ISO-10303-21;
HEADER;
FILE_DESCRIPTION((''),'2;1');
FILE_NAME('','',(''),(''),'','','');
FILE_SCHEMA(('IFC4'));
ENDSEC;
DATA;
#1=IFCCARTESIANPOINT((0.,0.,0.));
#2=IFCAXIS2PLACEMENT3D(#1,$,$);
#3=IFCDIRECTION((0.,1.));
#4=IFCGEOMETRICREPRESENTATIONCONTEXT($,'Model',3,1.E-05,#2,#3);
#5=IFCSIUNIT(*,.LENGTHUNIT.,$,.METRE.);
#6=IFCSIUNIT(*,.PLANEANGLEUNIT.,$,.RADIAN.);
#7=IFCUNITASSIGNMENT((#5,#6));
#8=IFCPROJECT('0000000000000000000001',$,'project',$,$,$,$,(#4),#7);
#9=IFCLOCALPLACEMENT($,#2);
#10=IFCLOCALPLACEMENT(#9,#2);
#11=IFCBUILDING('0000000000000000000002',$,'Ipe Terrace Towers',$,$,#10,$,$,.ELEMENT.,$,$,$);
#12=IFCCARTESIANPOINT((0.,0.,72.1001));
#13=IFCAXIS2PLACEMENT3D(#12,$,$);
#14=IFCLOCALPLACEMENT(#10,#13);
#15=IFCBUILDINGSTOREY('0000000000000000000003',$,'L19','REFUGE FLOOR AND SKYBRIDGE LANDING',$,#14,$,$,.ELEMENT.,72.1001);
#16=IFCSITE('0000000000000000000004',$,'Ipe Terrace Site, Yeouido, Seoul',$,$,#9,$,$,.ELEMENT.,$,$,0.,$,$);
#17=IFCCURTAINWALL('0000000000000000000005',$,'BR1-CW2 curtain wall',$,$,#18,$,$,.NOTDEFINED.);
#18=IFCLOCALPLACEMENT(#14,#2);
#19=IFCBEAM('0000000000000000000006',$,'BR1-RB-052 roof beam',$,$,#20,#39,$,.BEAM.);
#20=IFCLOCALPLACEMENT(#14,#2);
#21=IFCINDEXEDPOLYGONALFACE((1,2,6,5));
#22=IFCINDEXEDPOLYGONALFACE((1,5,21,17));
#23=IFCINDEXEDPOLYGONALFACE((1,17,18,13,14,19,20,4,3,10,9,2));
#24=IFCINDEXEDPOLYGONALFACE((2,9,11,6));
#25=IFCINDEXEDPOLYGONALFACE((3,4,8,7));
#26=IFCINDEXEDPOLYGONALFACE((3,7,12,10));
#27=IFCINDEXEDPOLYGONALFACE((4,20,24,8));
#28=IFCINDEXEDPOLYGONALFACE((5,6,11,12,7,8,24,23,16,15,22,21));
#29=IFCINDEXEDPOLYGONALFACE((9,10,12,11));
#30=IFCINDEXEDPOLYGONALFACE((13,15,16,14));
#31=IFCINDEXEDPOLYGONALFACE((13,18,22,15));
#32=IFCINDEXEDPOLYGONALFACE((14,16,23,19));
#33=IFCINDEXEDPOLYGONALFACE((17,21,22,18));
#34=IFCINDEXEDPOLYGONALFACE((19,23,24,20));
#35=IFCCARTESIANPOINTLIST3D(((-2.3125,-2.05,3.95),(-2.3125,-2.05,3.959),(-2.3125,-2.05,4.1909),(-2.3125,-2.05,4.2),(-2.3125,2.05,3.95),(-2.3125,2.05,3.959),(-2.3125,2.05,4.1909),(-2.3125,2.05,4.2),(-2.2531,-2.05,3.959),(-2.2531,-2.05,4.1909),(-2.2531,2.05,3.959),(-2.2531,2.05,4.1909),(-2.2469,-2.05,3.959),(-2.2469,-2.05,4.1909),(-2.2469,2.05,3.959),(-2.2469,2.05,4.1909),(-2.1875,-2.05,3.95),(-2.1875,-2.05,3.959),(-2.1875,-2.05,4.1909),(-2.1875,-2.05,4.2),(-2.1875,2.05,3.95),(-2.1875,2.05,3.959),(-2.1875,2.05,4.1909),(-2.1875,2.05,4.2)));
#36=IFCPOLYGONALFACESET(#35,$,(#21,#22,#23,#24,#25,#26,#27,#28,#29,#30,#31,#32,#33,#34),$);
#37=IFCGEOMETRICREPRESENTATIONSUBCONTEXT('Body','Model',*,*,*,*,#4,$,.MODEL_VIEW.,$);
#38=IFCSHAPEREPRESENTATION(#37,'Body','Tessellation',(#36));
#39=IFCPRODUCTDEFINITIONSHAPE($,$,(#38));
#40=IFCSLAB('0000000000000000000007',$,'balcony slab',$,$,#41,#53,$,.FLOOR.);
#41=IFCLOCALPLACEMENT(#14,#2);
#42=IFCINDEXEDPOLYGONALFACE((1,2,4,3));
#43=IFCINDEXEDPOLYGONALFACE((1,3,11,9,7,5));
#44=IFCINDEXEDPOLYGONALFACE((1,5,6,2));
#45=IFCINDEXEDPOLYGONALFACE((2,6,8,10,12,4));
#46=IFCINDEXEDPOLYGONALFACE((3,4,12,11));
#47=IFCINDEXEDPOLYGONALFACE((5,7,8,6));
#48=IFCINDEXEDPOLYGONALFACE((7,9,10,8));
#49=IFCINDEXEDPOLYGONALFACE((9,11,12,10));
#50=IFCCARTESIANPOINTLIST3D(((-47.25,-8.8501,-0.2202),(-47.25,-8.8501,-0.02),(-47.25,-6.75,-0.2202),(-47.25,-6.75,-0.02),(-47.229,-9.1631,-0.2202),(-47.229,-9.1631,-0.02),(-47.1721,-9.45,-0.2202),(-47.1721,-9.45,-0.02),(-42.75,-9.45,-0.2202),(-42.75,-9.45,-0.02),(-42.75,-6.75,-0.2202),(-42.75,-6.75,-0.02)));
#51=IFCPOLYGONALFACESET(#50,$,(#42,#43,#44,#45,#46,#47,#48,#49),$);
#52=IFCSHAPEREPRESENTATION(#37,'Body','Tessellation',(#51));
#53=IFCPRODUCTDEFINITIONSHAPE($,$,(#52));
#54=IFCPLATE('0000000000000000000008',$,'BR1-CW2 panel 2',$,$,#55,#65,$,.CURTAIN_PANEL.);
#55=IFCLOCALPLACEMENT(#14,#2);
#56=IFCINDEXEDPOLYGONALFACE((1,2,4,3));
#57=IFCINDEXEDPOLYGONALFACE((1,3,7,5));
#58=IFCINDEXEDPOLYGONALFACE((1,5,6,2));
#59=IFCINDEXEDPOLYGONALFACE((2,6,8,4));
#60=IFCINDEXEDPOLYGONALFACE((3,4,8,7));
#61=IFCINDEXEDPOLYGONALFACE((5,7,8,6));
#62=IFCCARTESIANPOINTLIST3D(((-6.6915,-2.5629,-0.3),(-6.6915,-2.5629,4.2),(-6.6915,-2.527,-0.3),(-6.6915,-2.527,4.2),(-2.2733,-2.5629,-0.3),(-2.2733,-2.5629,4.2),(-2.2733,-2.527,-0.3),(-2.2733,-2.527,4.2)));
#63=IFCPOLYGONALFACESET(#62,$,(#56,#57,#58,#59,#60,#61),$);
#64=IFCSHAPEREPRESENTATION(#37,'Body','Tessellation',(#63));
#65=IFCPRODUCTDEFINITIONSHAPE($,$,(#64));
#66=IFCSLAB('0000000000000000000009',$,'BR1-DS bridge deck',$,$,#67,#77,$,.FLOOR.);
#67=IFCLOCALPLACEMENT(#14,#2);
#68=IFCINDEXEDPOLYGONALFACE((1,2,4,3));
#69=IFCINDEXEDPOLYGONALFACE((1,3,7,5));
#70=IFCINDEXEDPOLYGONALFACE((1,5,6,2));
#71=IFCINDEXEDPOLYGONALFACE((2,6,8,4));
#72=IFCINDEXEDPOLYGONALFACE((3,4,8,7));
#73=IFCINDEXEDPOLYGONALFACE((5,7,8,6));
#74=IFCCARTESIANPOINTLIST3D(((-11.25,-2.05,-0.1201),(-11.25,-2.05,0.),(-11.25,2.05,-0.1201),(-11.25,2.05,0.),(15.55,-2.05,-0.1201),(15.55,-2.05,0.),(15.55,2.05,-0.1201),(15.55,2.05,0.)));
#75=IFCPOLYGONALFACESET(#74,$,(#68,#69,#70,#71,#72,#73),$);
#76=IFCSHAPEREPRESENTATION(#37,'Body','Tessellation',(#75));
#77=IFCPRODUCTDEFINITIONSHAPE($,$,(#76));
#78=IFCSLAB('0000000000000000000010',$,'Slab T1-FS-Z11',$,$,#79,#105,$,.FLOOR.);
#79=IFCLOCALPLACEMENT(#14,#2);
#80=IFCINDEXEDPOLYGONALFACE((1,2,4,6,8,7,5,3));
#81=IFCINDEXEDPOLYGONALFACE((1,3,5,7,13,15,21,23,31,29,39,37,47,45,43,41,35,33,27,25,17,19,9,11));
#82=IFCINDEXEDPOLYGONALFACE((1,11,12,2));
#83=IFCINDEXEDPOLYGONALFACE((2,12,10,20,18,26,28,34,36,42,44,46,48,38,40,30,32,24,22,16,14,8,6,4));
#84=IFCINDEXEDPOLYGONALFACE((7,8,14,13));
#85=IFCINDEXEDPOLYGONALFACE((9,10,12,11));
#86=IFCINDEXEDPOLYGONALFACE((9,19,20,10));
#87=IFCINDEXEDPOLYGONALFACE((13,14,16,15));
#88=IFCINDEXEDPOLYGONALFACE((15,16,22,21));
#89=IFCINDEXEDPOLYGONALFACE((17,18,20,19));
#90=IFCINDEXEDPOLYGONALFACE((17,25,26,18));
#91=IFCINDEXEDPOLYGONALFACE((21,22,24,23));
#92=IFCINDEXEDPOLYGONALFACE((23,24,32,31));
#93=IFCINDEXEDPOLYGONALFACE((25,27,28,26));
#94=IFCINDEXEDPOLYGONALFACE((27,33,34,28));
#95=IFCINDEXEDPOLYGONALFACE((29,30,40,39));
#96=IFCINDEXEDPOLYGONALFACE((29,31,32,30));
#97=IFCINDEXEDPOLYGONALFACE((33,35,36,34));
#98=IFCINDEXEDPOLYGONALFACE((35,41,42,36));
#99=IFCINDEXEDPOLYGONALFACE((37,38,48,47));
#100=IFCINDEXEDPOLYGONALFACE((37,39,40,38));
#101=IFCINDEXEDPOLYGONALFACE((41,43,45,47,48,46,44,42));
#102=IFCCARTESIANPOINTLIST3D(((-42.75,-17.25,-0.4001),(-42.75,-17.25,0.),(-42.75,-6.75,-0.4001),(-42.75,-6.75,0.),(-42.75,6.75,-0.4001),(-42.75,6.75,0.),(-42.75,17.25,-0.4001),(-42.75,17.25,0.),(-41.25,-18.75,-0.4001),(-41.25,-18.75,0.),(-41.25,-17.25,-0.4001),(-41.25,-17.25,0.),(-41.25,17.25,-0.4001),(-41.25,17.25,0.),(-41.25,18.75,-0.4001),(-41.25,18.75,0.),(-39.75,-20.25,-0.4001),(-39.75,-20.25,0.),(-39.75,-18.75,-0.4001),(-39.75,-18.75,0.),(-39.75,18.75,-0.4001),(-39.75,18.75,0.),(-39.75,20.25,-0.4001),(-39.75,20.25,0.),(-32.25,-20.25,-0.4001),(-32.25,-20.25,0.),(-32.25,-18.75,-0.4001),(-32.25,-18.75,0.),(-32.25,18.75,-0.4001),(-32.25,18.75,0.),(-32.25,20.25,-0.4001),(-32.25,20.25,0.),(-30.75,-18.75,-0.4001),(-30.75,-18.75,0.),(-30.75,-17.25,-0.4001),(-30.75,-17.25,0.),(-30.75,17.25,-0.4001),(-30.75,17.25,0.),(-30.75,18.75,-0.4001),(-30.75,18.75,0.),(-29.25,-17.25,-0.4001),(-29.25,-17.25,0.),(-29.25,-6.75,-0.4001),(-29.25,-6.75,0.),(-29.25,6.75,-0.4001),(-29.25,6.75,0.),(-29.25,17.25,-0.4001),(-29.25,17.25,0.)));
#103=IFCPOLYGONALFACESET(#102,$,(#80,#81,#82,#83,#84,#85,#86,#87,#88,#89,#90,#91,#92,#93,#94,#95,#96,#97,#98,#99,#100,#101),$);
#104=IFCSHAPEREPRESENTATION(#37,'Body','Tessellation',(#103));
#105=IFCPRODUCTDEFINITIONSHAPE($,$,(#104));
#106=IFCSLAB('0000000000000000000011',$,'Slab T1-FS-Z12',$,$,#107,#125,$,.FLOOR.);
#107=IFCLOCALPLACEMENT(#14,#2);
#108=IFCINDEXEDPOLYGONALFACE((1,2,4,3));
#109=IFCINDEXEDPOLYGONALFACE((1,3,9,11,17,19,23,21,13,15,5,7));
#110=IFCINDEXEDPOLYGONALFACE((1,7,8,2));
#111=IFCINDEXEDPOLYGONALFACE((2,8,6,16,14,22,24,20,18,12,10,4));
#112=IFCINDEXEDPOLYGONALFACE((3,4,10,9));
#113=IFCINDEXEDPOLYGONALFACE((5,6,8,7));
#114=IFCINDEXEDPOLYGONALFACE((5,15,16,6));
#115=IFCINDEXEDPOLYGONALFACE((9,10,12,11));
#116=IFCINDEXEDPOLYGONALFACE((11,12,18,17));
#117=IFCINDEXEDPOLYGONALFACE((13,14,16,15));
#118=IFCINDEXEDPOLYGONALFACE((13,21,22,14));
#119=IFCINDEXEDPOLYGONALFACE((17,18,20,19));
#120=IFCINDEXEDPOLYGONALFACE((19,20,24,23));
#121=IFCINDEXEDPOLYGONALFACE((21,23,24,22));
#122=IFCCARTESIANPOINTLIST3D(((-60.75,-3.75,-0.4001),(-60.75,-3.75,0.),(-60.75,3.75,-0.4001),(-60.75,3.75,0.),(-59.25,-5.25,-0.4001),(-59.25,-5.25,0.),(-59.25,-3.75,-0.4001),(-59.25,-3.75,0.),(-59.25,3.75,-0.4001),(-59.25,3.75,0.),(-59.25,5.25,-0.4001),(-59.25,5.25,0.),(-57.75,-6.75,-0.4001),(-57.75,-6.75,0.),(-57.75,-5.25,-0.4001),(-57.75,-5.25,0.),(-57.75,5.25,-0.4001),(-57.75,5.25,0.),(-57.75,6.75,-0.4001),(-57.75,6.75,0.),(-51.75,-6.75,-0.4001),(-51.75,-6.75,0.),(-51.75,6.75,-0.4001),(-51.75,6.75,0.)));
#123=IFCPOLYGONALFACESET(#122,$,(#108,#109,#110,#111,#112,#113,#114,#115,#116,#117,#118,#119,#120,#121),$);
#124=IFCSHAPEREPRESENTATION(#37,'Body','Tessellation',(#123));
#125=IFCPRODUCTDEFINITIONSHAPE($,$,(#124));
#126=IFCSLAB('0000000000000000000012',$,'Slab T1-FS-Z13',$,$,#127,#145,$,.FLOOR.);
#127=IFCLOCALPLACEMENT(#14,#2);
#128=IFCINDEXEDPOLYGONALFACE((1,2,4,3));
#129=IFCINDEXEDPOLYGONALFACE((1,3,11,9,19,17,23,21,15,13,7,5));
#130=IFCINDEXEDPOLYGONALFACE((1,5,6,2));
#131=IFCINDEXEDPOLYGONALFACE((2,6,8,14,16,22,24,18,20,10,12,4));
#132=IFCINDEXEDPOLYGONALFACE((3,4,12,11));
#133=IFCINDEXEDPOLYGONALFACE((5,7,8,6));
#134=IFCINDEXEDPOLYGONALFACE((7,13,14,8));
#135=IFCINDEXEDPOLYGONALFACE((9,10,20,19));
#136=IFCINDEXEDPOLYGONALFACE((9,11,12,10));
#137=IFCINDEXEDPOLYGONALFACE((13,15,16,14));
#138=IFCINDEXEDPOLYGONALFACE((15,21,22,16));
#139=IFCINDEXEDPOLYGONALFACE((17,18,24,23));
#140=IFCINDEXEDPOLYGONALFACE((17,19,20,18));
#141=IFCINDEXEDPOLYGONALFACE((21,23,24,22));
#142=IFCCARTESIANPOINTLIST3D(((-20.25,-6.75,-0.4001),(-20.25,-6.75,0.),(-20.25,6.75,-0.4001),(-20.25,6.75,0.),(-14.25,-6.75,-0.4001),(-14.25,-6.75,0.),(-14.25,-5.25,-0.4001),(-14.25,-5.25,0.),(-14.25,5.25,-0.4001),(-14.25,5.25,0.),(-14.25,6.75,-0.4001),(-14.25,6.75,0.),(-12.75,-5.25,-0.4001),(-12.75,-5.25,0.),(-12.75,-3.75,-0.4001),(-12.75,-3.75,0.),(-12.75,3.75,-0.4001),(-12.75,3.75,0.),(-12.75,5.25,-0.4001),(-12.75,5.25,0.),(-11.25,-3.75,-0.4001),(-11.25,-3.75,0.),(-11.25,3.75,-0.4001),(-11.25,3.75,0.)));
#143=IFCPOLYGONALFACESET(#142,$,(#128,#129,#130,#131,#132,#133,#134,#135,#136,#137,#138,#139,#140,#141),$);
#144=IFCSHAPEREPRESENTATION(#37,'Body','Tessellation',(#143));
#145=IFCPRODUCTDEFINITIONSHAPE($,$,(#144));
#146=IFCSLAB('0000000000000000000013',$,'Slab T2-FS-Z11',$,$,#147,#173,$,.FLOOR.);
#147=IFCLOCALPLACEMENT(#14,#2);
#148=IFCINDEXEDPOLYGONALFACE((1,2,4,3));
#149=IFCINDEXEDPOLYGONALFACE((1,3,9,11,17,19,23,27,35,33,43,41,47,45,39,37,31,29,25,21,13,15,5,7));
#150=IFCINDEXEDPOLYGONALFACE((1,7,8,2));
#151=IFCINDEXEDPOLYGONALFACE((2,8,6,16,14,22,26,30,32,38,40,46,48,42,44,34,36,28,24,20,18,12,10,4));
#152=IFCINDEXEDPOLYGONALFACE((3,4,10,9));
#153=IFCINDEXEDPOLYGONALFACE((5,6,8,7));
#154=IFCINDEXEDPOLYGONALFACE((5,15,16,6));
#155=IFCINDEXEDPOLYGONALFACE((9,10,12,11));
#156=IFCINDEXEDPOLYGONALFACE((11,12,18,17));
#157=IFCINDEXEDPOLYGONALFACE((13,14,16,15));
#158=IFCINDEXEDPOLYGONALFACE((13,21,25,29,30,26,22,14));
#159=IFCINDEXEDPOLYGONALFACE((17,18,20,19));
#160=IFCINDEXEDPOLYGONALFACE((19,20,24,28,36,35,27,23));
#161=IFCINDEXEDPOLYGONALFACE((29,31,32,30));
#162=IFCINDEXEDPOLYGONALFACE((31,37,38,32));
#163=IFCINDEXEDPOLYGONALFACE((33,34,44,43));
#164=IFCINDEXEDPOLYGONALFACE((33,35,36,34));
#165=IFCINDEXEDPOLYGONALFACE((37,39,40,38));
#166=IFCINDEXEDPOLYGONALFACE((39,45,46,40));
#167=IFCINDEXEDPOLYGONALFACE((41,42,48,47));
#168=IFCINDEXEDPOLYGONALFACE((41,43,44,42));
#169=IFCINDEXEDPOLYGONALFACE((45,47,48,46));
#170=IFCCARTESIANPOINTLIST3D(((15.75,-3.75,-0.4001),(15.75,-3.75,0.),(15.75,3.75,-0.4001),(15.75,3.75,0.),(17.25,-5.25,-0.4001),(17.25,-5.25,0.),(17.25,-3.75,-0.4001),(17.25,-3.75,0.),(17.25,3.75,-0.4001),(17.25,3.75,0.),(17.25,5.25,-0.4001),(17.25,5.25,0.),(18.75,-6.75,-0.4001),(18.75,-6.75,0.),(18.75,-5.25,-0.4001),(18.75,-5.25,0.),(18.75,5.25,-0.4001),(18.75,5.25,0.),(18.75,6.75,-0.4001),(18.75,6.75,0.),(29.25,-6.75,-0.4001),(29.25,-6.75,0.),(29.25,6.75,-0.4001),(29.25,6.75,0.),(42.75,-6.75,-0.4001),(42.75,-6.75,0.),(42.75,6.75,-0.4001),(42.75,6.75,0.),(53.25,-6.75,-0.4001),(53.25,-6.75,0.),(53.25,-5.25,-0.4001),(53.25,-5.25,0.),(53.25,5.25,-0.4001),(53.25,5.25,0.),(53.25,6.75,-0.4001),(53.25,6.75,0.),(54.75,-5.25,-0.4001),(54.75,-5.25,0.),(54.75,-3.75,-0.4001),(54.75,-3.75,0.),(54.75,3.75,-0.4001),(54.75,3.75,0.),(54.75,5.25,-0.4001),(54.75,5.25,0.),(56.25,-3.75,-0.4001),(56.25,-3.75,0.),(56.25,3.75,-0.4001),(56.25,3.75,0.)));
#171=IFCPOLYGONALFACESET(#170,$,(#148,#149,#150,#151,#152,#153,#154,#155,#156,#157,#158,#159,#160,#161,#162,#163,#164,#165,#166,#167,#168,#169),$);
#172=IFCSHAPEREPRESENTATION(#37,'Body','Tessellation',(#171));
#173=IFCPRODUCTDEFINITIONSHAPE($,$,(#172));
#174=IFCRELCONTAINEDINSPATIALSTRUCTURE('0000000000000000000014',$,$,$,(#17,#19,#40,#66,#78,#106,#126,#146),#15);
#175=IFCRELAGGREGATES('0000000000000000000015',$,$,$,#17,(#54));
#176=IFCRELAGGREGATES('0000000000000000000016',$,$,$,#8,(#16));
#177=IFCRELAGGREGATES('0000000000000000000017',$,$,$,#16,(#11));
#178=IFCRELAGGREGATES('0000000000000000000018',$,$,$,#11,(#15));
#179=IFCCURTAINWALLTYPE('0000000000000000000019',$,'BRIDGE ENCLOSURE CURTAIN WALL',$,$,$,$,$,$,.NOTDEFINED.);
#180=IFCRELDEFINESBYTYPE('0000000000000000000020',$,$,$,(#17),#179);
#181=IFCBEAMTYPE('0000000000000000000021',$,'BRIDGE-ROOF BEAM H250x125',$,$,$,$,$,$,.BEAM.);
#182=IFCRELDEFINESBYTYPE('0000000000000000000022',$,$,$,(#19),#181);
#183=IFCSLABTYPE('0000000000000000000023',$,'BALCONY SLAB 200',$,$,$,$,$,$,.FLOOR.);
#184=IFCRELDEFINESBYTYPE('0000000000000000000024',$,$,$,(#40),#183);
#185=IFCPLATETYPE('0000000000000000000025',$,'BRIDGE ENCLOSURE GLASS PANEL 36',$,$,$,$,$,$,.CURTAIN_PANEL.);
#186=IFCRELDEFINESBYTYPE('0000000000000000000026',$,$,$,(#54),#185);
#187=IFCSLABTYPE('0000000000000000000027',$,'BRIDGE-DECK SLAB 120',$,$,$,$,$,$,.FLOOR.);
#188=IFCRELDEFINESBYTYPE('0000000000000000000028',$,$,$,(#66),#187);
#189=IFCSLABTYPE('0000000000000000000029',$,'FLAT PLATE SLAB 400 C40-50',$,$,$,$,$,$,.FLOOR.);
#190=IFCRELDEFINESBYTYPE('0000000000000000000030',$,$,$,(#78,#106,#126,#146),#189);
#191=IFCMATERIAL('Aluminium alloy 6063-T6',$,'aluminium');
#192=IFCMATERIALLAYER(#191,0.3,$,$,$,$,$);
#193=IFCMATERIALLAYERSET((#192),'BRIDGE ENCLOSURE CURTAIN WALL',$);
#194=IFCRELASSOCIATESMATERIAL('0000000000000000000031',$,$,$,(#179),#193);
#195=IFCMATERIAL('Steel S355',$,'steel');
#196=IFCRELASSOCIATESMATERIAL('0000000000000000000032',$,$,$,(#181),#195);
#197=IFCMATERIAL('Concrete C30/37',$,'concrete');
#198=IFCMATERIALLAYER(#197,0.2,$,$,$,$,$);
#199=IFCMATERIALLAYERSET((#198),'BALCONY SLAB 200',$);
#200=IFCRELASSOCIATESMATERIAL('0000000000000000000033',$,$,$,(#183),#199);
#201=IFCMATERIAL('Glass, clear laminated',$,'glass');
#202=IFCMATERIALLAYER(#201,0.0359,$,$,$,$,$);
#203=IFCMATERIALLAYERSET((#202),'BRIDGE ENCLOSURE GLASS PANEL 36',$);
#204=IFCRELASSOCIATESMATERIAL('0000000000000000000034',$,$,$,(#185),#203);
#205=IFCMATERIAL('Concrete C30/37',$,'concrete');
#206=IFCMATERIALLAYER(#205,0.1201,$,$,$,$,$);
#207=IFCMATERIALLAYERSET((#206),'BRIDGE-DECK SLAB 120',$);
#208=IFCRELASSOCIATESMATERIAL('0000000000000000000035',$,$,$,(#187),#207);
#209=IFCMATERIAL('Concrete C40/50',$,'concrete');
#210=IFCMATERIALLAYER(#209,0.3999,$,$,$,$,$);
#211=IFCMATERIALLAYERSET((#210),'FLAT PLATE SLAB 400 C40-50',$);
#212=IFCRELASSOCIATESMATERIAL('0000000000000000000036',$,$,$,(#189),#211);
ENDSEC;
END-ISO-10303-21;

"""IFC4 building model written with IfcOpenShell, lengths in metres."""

from ifc_helpers import new_model, si_unit, direction, frame, origin, origin_2d, place, context, subcontext, project, spatial, polyline, rectangle, i_section, outline, extrude, material, layer, layer_set, material_profile, profile_set, type_object, element, aggregate, save


model = new_model("IFC4")

# Units and contexts
model_context = context("Model", 3, precision=1e-05, world=origin(), true_north=direction((0.0, 1.0)))
body_context = subcontext(model_context, "Body", "Model", "MODEL_VIEW")
ifc_project = project(units=[si_unit("LENGTHUNIT", "METRE"), si_unit("PLANEANGLEUNIT", "RADIAN")], contexts=[model_context])

# Site, building, storey
site_placement = place(None, origin())
site = spatial("IfcSite", under=ifc_project, at=site_placement, Name="Ipe Terrace Site, Yeouido, Seoul", CompositionType="ELEMENT", RefElevation=0.0)
building_placement = place(site_placement, origin())
building = spatial("IfcBuilding", under=site, at=building_placement, Name="Ipe Terrace Towers", CompositionType="ELEMENT")
storey_placement = place(building_placement, frame((0.0, 0.0, 72.1001)))
storey = spatial("IfcBuildingStorey", under=building, at=storey_placement, Name="L19", Description="REFUGE FLOOR AND SKYBRIDGE LANDING", CompositionType="ELEMENT", Elevation=72.1001)

# Curtain wall
ifc_material_1 = material(Name="Aluminium alloy 6063-T6", Category="aluminium")
ifc_layer_1 = layer(ifc_material_1, 0.3)
ifc_layer_set_1 = layer_set([ifc_layer_1], Name="BRIDGE ENCLOSURE CURTAIN WALL")
curtain_wall_type = type_object("IfcCurtainWallType", Name="BRIDGE ENCLOSURE CURTAIN WALL", PredefinedType="NOTDEFINED", material=ifc_layer_set_1)
curtain_wall_placement = place(storey_placement, origin())
curtain_wall = element("IfcCurtainWall", 1, at=curtain_wall_placement, inside=storey, type_object=curtain_wall_type, Name="BR1-CW2 curtain wall", PredefinedType="NOTDEFINED")

# Beam
ifc_material_2 = material(Name="Steel S355", Category="steel")
ifc_material_profile_1 = material_profile(ifc_material_2, i_section(OverallWidth=0.125, OverallDepth=0.25, WebThickness=0.0061, FlangeThickness=0.009, at=origin_2d()), Name="H250x125")
ifc_profile_set_1 = profile_set([ifc_material_profile_1], Name="Steel S355")
beam_type_1 = type_object("IfcBeamType", Name="BRIDGE-ROOF BEAM H250x125", PredefinedType="BEAM", material=ifc_profile_set_1)
for number, where, z_axis, x_axis, name in (
    (2, (-2.25, -2.05, 4.075), (0.0, 1.0, 0.0), (-1.0, 0.0, 0.0), "BR1-RB-052 roof beam"),
):
    element("IfcBeam", number, at=place(storey_placement, frame(where, z_axis=z_axis, x_axis=x_axis)), inside=storey, type_object=beam_type_1, Name=name, PredefinedType="BEAM", context=body_context, shape_type="SweptSolid", body=[
        extrude(i_section(OverallWidth=0.125, OverallDepth=0.25, WebThickness=0.0061, FlangeThickness=0.009, at=origin_2d()), origin(), (0.0, 0.0, 1.0), 4.1001),
    ])

# Slab
ifc_material_3 = material(Name="Concrete C30/37", Category="concrete")
ifc_layer_2 = layer(ifc_material_3, 0.2)
ifc_layer_set_2 = layer_set([ifc_layer_2], Name="BALCONY SLAB 200")
slab_type_1 = type_object("IfcSlabType", Name="BALCONY SLAB 200", PredefinedType="FLOOR", material=ifc_layer_set_2)
slab_1_placement = place(storey_placement, frame((0.0, 0.0, -0.2202)))
element("IfcSlab", 3, at=slab_1_placement, inside=storey, type_object=slab_type_1, Name="balcony slab", PredefinedType="FLOOR", context=body_context, shape_type="SweptSolid", body=[
    extrude(outline(polyline([(-47.229, -9.1631), (-47.1721, -9.45), (-42.75, -9.45), (-42.75, -6.75), (-47.25, -6.75), (-47.25, -8.8501), (-47.229, -9.1631)])), origin(), (0.0, 0.0, 1.0), 0.2002),
])

# Plate
ifc_material_4 = material(Name="Glass, clear laminated", Category="glass")
ifc_layer_3 = layer(ifc_material_4, 0.0359)
ifc_layer_set_3 = layer_set([ifc_layer_3], Name="BRIDGE ENCLOSURE GLASS PANEL 36")
plate_type = type_object("IfcPlateType", Name="BRIDGE ENCLOSURE GLASS PANEL 36", PredefinedType="CURTAIN_PANEL", material=ifc_layer_set_3)
plate_placement = place(storey_placement, frame((-4.4824, -2.5449, -0.3), z_axis=(0.0, 0.0, 1.0), x_axis=(1.0, 0.0, 0.0)))
plate = element("IfcPlate", 4, at=plate_placement, type_object=plate_type, Name="BR1-CW2 panel 2", PredefinedType="CURTAIN_PANEL", context=body_context, shape_type="SweptSolid", body=[
    extrude(rectangle(XDim=4.4182, YDim=0.0359, at=origin_2d()), origin(), (0.0, 0.0, 1.0), 4.5),
])
aggregate(curtain_wall, [plate])

# Slabs
ifc_material_5 = material(Name="Concrete C30/37", Category="concrete")
ifc_layer_4 = layer(ifc_material_5, 0.1201)
ifc_layer_set_4 = layer_set([ifc_layer_4], Name="BRIDGE-DECK SLAB 120")
slab_type_2 = type_object("IfcSlabType", Name="BRIDGE-DECK SLAB 120", PredefinedType="FLOOR", material=ifc_layer_set_4)
slab_2_placement = place(storey_placement, frame((0.0, 0.0, -0.1201)))
element("IfcSlab", 5, at=slab_2_placement, inside=storey, type_object=slab_type_2, Name="BR1-DS bridge deck", PredefinedType="FLOOR", context=body_context, shape_type="SweptSolid", body=[
    extrude(outline(polyline([(-11.25, -2.05), (15.55, -2.05), (15.55, 2.05), (-11.25, 2.05), (-11.25, -2.05)])), origin(), (0.0, 0.0, 1.0), 0.1201),
])
ifc_material_6 = material(Name="Concrete C40/50", Category="concrete")
ifc_layer_5 = layer(ifc_material_6, 0.3999)
ifc_layer_set_5 = layer_set([ifc_layer_5], Name="FLAT PLATE SLAB 400 C40-50")
slab_type_3 = type_object("IfcSlabType", Name="FLAT PLATE SLAB 400 C40-50", PredefinedType="FLOOR", material=ifc_layer_set_5)
slab_3_placement = place(storey_placement, frame((0.0, 0.0, -0.4001)))
element("IfcSlab", 6, at=slab_3_placement, inside=storey, type_object=slab_type_3, Name="Slab T1-FS-Z11", PredefinedType="FLOOR", context=body_context, shape_type="SweptSolid", body=[
    extrude(outline(polyline([(-30.75, -17.25), (-30.75, -18.75), (-32.25, -18.75), (-32.25, -20.25), (-39.75, -20.25), (-39.75, -18.75), (-41.25, -18.75), (-41.25, -17.25), (-42.75, -17.25), (-42.75, -6.75), (-42.75, 6.75), (-42.75, 17.25), (-41.25, 17.25), (-41.25, 18.75), (-39.75, 18.75), (-39.75, 20.25), (-32.25, 20.25), (-32.25, 18.75), (-30.75, 18.75), (-30.75, 17.25), (-29.25, 17.25), (-29.25, 6.75), (-29.25, -6.75), (-29.25, -17.25), (-30.75, -17.25)])), origin(), (0.0, 0.0, 1.0), 0.4001),
])
slab_4_placement = place(storey_placement, frame((0.0, 0.0, -0.4001)))
element("IfcSlab", 7, at=slab_4_placement, inside=storey, type_object=slab_type_3, Name="Slab T1-FS-Z12", PredefinedType="FLOOR", context=body_context, shape_type="SweptSolid", body=[
    extrude(outline(polyline([(-57.75, -6.75), (-57.75, -5.25), (-59.25, -5.25), (-59.25, -3.75), (-60.75, -3.75), (-60.75, 3.75), (-59.25, 3.75), (-59.25, 5.25), (-57.75, 5.25), (-57.75, 6.75), (-51.75, 6.75), (-51.75, -6.75), (-57.75, -6.75)])), origin(), (0.0, 0.0, 1.0), 0.4001),
])
slab_5_placement = place(storey_placement, frame((0.0, 0.0, -0.4001)))
element("IfcSlab", 8, at=slab_5_placement, inside=storey, type_object=slab_type_3, Name="Slab T1-FS-Z13", PredefinedType="FLOOR", context=body_context, shape_type="SweptSolid", body=[
    extrude(outline(polyline([(-14.25, 5.25), (-12.75, 5.25), (-12.75, 3.75), (-11.25, 3.75), (-11.25, -3.75), (-12.75, -3.75), (-12.75, -5.25), (-14.25, -5.25), (-14.25, -6.75), (-20.25, -6.75), (-20.25, 6.75), (-14.25, 6.75), (-14.25, 5.25)])), origin(), (0.0, 0.0, 1.0), 0.4001),
])
slab_6_placement = place(storey_placement, frame((0.0, 0.0, -0.4001)))
element("IfcSlab", 9, at=slab_6_placement, inside=storey, type_object=slab_type_3, Name="Slab T2-FS-Z11", PredefinedType="FLOOR", context=body_context, shape_type="SweptSolid", body=[
    extrude(outline(polyline([(53.25, 5.25), (54.75, 5.25), (54.75, 3.75), (56.25, 3.75), (56.25, -3.75), (54.75, -3.75), (54.75, -5.25), (53.25, -5.25), (53.25, -6.75), (42.75, -6.75), (29.25, -6.75), (18.75, -6.75), (18.75, -5.25), (17.25, -5.25), (17.25, -3.75), (15.75, -3.75), (15.75, 3.75), (17.25, 3.75), (17.25, 5.25), (18.75, 5.25), (18.75, 6.75), (29.25, 6.75), (42.75, 6.75), (53.25, 6.75), (53.25, 5.25)])), origin(), (0.0, 0.0, 1.0), 0.4001),
])

save(model, "model.ifc")
